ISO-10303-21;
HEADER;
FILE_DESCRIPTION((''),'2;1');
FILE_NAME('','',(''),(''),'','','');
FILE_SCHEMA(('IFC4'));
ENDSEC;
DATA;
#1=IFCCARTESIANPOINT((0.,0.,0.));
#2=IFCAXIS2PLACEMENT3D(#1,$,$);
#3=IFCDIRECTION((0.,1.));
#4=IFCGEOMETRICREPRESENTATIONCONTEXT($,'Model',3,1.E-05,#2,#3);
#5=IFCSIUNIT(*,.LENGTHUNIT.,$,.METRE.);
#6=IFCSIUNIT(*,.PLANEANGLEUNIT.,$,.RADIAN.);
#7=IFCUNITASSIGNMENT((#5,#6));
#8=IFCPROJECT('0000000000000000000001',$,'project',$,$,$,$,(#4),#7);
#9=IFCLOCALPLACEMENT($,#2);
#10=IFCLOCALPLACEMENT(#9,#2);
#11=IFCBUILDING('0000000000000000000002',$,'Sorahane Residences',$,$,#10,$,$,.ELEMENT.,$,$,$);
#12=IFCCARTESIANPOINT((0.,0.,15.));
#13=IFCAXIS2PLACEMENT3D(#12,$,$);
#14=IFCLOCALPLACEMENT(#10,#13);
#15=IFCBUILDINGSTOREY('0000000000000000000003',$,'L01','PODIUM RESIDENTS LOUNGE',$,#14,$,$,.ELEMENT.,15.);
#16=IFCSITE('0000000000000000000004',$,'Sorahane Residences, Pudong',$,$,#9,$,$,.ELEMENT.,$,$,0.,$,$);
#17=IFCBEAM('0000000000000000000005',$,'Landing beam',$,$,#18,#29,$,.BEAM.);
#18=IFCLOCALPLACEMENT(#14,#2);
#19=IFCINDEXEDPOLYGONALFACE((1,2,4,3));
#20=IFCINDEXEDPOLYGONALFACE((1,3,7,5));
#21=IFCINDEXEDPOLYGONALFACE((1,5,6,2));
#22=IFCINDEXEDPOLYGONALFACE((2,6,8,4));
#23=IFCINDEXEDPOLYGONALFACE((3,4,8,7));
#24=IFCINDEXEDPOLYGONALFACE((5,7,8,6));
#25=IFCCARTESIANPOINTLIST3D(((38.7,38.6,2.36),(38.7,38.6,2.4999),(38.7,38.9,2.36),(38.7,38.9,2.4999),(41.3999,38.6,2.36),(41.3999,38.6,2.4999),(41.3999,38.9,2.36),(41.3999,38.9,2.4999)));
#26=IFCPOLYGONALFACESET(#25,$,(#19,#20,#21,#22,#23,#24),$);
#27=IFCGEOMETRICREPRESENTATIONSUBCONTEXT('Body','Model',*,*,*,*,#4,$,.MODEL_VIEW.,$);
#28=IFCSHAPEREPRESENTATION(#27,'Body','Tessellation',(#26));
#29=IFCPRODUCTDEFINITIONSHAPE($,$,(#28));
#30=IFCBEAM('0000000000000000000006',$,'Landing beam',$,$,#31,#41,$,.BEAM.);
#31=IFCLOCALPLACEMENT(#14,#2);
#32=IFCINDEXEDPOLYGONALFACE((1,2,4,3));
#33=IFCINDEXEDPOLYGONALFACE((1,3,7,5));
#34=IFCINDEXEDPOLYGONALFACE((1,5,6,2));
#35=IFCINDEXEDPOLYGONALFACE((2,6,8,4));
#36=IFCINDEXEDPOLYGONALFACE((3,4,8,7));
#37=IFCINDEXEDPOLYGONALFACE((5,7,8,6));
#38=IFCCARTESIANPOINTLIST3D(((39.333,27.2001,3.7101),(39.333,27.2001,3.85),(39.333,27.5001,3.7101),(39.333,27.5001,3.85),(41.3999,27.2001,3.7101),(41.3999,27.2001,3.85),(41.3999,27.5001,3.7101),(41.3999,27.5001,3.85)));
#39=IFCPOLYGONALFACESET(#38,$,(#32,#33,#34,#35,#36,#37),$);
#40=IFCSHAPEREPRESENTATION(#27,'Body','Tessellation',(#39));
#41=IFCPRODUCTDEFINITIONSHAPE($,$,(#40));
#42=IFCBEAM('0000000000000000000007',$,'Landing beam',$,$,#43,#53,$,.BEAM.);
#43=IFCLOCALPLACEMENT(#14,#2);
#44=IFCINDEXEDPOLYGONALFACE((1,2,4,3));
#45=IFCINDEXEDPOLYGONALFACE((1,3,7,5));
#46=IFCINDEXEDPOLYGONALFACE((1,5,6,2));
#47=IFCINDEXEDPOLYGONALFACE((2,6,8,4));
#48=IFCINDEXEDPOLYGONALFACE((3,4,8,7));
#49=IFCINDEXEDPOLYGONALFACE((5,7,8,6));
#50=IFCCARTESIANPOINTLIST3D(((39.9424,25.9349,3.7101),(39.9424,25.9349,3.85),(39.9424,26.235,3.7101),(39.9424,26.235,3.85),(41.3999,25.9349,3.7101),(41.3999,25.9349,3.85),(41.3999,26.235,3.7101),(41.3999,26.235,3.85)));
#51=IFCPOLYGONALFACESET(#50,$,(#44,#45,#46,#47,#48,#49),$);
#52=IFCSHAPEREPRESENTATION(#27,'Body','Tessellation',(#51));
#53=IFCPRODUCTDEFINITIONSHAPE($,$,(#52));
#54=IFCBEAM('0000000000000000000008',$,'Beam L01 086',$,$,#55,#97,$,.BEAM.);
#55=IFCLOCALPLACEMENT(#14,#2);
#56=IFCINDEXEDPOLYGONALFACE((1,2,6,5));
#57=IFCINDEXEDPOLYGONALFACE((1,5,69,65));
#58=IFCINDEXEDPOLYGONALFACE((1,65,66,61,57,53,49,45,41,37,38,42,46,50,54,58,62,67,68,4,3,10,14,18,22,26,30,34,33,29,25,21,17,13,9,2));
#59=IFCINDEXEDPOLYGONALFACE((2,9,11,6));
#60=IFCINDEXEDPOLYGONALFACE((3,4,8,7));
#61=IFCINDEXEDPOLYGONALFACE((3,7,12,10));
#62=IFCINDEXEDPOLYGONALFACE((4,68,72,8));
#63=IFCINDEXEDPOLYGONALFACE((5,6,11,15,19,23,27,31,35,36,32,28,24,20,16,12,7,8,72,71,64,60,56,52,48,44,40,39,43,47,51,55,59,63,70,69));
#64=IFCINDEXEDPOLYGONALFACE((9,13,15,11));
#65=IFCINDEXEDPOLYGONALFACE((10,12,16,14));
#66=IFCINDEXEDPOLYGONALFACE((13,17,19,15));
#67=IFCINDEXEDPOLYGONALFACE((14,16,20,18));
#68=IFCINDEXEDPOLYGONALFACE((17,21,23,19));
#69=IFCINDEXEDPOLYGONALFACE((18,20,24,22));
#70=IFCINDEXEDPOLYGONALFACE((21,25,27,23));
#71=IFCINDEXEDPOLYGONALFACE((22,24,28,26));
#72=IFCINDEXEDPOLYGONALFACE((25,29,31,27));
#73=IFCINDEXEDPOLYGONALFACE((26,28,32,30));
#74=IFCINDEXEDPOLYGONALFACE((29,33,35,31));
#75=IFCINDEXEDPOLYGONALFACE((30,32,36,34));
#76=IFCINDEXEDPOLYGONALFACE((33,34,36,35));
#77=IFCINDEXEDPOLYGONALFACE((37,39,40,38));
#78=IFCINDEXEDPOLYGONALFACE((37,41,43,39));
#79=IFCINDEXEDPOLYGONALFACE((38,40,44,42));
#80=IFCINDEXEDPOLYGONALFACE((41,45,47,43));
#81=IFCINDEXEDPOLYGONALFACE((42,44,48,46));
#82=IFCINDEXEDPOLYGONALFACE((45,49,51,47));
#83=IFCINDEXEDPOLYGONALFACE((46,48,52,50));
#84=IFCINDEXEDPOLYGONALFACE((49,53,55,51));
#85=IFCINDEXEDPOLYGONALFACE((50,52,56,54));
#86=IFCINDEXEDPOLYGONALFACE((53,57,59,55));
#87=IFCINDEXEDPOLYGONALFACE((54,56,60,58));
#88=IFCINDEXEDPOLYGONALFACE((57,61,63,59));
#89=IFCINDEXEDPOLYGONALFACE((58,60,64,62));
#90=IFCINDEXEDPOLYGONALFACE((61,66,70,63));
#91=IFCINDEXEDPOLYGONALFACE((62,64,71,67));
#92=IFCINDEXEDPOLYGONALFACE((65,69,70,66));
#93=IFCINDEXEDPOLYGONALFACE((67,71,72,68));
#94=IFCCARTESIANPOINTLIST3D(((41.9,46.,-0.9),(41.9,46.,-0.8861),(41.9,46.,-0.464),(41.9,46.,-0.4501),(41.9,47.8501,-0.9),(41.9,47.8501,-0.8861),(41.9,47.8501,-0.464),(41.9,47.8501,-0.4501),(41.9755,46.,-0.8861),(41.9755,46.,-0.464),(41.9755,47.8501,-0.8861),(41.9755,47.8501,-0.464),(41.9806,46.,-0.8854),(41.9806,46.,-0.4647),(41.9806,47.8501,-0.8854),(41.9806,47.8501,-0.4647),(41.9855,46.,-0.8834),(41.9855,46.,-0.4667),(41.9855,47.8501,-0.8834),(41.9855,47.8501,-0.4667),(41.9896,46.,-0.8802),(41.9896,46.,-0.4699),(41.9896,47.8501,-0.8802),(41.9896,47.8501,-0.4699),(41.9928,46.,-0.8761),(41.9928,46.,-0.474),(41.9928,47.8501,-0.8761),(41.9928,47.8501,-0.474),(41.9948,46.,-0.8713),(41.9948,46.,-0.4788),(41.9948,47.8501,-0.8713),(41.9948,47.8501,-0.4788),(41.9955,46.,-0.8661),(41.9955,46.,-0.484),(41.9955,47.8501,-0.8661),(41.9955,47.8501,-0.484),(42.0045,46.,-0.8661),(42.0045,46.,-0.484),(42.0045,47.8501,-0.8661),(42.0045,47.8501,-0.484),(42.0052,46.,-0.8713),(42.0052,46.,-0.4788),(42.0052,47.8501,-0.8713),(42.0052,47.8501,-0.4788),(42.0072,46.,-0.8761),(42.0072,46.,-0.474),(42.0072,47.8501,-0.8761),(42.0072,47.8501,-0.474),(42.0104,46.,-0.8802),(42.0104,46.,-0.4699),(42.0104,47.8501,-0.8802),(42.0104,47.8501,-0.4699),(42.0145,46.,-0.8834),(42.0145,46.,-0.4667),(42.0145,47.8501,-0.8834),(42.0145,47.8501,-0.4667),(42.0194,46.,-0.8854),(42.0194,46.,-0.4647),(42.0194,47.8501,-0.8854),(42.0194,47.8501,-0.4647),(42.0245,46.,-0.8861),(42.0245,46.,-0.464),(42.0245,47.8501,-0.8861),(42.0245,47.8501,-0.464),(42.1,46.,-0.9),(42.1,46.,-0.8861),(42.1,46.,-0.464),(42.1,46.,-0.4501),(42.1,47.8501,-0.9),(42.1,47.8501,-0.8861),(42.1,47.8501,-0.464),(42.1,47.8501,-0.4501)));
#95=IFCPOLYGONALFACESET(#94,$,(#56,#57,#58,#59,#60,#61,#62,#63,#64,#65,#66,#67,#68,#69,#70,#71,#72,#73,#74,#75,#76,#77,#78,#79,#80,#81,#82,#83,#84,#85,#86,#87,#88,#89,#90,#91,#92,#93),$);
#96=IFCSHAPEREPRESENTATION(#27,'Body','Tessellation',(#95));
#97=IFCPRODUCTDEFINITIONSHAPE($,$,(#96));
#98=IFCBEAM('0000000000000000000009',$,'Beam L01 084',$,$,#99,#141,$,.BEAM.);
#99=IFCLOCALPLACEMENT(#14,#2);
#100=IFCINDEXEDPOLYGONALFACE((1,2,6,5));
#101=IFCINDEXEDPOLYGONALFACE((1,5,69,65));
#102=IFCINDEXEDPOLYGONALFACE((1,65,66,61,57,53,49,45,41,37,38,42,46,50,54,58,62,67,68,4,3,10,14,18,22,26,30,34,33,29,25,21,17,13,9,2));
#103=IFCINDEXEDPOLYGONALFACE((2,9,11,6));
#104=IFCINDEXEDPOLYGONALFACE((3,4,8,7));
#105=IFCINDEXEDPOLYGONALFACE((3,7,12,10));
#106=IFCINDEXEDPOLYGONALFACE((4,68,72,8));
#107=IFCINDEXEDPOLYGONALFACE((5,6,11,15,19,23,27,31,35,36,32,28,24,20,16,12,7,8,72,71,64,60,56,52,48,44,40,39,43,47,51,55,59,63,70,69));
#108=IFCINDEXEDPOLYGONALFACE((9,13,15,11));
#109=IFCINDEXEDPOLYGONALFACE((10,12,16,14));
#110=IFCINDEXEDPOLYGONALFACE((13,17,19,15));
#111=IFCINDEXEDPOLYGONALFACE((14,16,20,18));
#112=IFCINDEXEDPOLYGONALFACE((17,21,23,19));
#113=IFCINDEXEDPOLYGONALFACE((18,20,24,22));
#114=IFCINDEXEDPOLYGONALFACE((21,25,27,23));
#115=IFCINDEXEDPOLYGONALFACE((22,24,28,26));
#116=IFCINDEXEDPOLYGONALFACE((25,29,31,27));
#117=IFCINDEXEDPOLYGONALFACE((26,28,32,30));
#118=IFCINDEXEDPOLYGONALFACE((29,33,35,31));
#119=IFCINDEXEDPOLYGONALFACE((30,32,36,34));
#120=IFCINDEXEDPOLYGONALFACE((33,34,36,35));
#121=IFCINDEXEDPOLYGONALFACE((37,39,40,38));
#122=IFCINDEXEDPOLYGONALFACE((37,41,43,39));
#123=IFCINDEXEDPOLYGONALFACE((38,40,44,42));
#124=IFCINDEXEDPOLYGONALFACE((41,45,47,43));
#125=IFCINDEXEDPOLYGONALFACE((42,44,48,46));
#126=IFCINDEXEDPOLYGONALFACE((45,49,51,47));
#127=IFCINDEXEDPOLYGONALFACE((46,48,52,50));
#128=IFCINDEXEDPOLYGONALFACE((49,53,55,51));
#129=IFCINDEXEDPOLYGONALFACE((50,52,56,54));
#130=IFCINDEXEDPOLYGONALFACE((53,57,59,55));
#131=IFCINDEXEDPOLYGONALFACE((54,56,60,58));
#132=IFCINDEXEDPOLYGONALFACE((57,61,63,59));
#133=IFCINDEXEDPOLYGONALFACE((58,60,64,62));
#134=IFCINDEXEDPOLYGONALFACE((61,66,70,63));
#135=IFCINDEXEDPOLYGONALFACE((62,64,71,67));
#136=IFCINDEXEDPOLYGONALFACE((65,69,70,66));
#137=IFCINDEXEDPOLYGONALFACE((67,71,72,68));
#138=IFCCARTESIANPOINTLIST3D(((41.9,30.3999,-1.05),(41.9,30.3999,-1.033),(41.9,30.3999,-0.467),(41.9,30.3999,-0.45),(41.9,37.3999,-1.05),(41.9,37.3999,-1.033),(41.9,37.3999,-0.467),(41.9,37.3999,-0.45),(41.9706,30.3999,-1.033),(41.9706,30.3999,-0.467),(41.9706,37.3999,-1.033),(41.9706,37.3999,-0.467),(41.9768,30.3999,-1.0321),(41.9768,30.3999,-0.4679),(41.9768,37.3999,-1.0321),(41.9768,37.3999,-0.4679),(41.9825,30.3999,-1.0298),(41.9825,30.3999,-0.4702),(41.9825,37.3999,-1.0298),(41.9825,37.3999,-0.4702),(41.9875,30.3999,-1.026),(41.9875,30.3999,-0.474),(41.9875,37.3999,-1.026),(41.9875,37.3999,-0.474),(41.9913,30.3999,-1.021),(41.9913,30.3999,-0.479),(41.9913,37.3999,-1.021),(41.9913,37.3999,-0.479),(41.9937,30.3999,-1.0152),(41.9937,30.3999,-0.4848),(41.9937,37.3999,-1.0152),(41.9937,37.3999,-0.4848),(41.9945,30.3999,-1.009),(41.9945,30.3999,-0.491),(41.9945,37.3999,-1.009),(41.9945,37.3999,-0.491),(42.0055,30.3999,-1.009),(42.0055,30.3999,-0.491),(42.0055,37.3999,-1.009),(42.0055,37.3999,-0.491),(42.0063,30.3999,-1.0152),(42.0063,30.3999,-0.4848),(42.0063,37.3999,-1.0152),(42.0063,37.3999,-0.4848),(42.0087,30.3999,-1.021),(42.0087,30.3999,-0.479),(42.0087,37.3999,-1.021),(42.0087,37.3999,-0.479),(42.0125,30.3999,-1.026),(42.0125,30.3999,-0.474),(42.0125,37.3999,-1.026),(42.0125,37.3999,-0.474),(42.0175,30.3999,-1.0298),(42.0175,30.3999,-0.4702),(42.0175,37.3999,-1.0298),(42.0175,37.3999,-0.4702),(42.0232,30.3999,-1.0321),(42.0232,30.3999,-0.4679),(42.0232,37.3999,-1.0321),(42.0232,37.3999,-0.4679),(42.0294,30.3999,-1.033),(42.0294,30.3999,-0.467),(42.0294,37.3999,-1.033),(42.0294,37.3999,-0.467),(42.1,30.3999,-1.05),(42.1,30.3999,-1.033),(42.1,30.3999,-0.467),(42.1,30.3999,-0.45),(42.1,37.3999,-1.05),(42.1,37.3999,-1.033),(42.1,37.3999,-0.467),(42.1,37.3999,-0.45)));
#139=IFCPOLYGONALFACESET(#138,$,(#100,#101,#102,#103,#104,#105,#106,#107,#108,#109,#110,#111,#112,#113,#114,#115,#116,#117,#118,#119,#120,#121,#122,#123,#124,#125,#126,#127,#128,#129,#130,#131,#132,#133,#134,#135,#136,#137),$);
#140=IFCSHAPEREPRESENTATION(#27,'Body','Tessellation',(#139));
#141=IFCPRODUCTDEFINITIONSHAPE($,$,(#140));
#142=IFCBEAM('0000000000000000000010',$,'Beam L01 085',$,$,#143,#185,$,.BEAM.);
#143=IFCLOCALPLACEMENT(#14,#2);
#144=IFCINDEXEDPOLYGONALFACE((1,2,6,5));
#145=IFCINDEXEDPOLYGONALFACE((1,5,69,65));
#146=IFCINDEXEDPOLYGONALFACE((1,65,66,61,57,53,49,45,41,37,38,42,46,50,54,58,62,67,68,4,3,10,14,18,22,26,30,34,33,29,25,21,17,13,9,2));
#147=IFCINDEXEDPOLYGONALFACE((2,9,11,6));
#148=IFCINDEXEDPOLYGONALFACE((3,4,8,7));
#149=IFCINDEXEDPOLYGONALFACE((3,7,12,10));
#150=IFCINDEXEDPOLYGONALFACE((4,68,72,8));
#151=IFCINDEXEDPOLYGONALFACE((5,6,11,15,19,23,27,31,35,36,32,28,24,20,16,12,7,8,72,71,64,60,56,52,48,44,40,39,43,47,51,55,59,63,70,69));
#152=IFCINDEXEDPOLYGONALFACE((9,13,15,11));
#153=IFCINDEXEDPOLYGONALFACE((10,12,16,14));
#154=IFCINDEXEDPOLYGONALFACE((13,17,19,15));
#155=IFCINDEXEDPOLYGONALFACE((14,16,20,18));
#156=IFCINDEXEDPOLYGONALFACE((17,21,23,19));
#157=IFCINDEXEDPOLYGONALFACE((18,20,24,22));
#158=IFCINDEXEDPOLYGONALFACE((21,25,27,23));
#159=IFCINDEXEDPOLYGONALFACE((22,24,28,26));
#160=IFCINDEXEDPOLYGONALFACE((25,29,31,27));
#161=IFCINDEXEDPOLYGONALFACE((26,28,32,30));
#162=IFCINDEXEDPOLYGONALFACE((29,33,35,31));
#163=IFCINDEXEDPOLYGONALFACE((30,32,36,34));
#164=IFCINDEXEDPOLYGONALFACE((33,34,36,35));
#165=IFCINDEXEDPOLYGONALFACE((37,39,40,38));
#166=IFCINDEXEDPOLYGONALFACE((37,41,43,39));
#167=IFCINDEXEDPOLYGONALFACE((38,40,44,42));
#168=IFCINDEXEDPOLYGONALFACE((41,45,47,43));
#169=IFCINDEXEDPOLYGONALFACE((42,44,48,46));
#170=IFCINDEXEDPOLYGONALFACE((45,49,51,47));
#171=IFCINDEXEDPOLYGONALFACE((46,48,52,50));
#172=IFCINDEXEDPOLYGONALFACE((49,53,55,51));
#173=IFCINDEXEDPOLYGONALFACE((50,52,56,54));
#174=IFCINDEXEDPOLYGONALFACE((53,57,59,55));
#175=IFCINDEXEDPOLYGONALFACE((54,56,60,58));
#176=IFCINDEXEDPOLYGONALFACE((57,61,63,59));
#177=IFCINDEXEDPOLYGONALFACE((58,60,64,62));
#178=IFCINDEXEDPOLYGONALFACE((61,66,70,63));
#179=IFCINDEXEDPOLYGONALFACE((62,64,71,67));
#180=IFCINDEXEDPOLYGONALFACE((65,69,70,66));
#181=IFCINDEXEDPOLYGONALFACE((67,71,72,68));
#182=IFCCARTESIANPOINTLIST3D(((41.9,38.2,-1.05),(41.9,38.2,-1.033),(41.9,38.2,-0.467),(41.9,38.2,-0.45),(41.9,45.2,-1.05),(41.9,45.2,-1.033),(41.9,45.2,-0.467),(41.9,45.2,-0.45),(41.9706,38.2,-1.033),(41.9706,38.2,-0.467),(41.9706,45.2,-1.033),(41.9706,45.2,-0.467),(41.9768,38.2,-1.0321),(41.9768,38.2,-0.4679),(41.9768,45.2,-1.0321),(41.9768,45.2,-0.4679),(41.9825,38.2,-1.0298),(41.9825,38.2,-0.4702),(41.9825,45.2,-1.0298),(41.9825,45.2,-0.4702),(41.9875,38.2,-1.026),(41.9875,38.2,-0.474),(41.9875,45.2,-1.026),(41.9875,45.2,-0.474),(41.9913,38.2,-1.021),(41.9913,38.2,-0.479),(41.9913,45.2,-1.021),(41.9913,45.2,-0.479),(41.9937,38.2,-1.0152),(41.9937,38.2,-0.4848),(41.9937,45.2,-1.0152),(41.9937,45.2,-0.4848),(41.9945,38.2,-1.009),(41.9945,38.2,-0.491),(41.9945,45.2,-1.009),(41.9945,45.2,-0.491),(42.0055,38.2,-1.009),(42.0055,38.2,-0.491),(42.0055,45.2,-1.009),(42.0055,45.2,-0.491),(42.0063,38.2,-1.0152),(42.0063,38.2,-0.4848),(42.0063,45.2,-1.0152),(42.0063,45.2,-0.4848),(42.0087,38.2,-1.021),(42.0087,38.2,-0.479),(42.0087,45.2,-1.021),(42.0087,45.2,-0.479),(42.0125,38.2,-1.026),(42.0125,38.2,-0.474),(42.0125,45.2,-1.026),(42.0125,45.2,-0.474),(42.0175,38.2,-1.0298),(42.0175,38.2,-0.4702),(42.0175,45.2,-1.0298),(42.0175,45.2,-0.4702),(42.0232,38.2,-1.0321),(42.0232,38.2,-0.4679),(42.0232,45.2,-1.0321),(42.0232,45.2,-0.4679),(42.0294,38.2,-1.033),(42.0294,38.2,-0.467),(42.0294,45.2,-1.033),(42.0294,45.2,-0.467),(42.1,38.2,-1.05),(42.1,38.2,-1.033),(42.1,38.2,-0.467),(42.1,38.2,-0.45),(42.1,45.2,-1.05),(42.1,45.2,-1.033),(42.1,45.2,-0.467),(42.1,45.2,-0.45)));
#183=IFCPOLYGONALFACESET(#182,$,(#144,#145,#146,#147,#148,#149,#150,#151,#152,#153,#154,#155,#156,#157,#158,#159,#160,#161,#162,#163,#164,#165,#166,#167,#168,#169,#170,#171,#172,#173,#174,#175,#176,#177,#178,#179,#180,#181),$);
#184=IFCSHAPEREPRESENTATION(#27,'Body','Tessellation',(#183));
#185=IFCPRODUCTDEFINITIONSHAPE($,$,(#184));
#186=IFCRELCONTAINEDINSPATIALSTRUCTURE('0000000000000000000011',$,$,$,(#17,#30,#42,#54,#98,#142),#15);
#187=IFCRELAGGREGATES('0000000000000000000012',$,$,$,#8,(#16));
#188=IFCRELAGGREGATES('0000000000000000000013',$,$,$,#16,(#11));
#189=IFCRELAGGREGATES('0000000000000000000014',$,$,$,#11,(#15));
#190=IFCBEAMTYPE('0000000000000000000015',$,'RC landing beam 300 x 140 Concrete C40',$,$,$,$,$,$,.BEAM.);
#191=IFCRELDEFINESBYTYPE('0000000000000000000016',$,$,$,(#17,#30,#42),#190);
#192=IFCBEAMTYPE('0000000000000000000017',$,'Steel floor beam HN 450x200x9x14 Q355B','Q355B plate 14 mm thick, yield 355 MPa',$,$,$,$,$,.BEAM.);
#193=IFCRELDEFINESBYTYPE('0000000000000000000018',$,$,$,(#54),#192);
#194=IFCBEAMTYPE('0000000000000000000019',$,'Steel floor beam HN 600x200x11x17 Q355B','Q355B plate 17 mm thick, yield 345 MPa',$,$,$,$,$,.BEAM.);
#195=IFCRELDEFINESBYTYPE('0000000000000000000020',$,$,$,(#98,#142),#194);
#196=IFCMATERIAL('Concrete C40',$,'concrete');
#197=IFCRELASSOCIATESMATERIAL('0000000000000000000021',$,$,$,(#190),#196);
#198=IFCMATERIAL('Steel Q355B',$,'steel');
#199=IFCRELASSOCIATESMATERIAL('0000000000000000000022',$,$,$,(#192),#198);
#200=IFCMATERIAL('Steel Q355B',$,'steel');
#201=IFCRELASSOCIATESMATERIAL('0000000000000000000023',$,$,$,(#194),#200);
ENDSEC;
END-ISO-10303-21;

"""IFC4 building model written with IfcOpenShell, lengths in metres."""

from ifc_helpers import new_model, si_unit, direction, frame, origin, origin_2d, place, context, subcontext, project, spatial, rectangle, i_section, extrude, material, material_profile, profile_set, type_object, element, save


model = new_model("IFC4")

# Units and contexts
model_context = context("Model", 3, precision=1e-05, world=origin(), true_north=direction((0.0, 1.0)))
body_context = subcontext(model_context, "Body", "Model", "MODEL_VIEW")
ifc_project = project(units=[si_unit("LENGTHUNIT", "METRE"), si_unit("PLANEANGLEUNIT", "RADIAN")], contexts=[model_context])

# Site, building, storey
site_placement = place(None, origin())
site = spatial("IfcSite", under=ifc_project, at=site_placement, Name="Sorahane Residences, Pudong", CompositionType="ELEMENT", RefElevation=0.0)
building_placement = place(site_placement, origin())
building = spatial("IfcBuilding", under=site, at=building_placement, Name="Sorahane Residences", CompositionType="ELEMENT")
storey_placement = place(building_placement, frame((0.0, 0.0, 15.0)))
storey = spatial("IfcBuildingStorey", under=building, at=storey_placement, Name="L01", Description="PODIUM RESIDENTS LOUNGE", CompositionType="ELEMENT", Elevation=15.0)

# Beams
ifc_material_1 = material(Name="Concrete C40", Category="concrete")
ifc_material_profile_1 = material_profile(ifc_material_1, rectangle(XDim=0.3, YDim=0.1399, at=origin_2d()), Name="300x140")
ifc_profile_set_1 = profile_set([ifc_material_profile_1], Name="Concrete C40")
beam_type_1 = type_object("IfcBeamType", Name="RC landing beam 300 x 140 Concrete C40", PredefinedType="BEAM", material=ifc_profile_set_1)
beam_1_placement = place(storey_placement, frame((38.7, 38.75, 2.4299), z_axis=(1.0, 0.0, 0.0), x_axis=(0.0, 1.0, 0.0)))
element("IfcBeam", 1, at=beam_1_placement, inside=storey, type_object=beam_type_1, Name="Landing beam", PredefinedType="BEAM", context=body_context, shape_type="SweptSolid", body=[
    extrude(rectangle(XDim=0.3, YDim=0.1399, at=origin_2d()), origin(), (0.0, 0.0, 1.0), 2.7),
])
beam_2_placement = place(storey_placement, frame((41.3999, 27.3501, 3.78), z_axis=(-1.0, 0.0, 0.0), x_axis=(0.0, -1.0, 0.0)))
element("IfcBeam", 2, at=beam_2_placement, inside=storey, type_object=beam_type_1, Name="Landing beam", PredefinedType="BEAM", context=body_context, shape_type="SweptSolid", body=[
    extrude(rectangle(XDim=0.3, YDim=0.1399, at=origin_2d()), origin(), (0.0, 0.0, 1.0), 2.0669),
])
beam_3_placement = place(storey_placement, frame((41.3999, 26.085, 3.78), z_axis=(-1.0, 0.0, 0.0), x_axis=(0.0, -1.0, 0.0)))
element("IfcBeam", 3, at=beam_3_placement, inside=storey, type_object=beam_type_1, Name="Landing beam", PredefinedType="BEAM", context=body_context, shape_type="SweptSolid", body=[
    extrude(rectangle(XDim=0.3, YDim=0.1399, at=origin_2d()), origin(), (0.0, 0.0, 1.0), 1.4575),
])
ifc_material_2 = material(Name="Steel Q355B", Category="steel")
ifc_material_profile_2 = material_profile(ifc_material_2, i_section(OverallWidth=0.2, OverallDepth=0.45, WebThickness=0.009, FlangeThickness=0.0139, FilletRadius=0.02, at=origin_2d()), Name="HN 450x200x9x14")
ifc_profile_set_2 = profile_set([ifc_material_profile_2], Name="Steel Q355B")
beam_type_2 = type_object("IfcBeamType", Name="Steel floor beam HN 450x200x9x14 Q355B", Description="Q355B plate 14 mm thick, yield 355 MPa", PredefinedType="BEAM", material=ifc_profile_set_2)
beam_4_placement = place(storey_placement, frame((42.0, 46.0, -0.675), z_axis=(0.0, 1.0, 0.0), x_axis=(-1.0, 0.0, 0.0)))
element("IfcBeam", 4, at=beam_4_placement, inside=storey, type_object=beam_type_2, Name="Beam L01 086", PredefinedType="BEAM", context=body_context, shape_type="SweptSolid", body=[
    extrude(i_section(OverallWidth=0.2, OverallDepth=0.45, WebThickness=0.009, FlangeThickness=0.0139, FilletRadius=0.02, at=origin_2d()), origin(), (0.0, 0.0, 1.0), 1.8501),
])
ifc_material_3 = material(Name="Steel Q355B", Category="steel")
ifc_material_profile_3 = material_profile(ifc_material_3, i_section(OverallWidth=0.2, OverallDepth=0.6001, WebThickness=0.011, FlangeThickness=0.0171, FilletRadius=0.0239, at=origin_2d()), Name="HN 600x200x11x17")
ifc_profile_set_3 = profile_set([ifc_material_profile_3], Name="Steel Q355B")
beam_type_3 = type_object("IfcBeamType", Name="Steel floor beam HN 600x200x11x17 Q355B", Description="Q355B plate 17 mm thick, yield 345 MPa", PredefinedType="BEAM", material=ifc_profile_set_3)
for number, where, z_axis, x_axis, name in (
    (5, (42.0, 30.3999, -0.75), (0.0, 1.0, 0.0), (-1.0, 0.0, 0.0), "Beam L01 084"),
    (6, (42.0, 38.2, -0.75), (0.0, 1.0, 0.0), (-1.0, 0.0, 0.0), "Beam L01 085"),
):
    element("IfcBeam", number, at=place(storey_placement, frame(where, z_axis=z_axis, x_axis=x_axis)), inside=storey, type_object=beam_type_3, Name=name, PredefinedType="BEAM", context=body_context, shape_type="SweptSolid", body=[
        extrude(i_section(OverallWidth=0.2, OverallDepth=0.6001, WebThickness=0.011, FlangeThickness=0.0171, FilletRadius=0.0239, at=origin_2d()), origin(), (0.0, 0.0, 1.0), 7.0),
    ])

save(model, "model.ifc")
